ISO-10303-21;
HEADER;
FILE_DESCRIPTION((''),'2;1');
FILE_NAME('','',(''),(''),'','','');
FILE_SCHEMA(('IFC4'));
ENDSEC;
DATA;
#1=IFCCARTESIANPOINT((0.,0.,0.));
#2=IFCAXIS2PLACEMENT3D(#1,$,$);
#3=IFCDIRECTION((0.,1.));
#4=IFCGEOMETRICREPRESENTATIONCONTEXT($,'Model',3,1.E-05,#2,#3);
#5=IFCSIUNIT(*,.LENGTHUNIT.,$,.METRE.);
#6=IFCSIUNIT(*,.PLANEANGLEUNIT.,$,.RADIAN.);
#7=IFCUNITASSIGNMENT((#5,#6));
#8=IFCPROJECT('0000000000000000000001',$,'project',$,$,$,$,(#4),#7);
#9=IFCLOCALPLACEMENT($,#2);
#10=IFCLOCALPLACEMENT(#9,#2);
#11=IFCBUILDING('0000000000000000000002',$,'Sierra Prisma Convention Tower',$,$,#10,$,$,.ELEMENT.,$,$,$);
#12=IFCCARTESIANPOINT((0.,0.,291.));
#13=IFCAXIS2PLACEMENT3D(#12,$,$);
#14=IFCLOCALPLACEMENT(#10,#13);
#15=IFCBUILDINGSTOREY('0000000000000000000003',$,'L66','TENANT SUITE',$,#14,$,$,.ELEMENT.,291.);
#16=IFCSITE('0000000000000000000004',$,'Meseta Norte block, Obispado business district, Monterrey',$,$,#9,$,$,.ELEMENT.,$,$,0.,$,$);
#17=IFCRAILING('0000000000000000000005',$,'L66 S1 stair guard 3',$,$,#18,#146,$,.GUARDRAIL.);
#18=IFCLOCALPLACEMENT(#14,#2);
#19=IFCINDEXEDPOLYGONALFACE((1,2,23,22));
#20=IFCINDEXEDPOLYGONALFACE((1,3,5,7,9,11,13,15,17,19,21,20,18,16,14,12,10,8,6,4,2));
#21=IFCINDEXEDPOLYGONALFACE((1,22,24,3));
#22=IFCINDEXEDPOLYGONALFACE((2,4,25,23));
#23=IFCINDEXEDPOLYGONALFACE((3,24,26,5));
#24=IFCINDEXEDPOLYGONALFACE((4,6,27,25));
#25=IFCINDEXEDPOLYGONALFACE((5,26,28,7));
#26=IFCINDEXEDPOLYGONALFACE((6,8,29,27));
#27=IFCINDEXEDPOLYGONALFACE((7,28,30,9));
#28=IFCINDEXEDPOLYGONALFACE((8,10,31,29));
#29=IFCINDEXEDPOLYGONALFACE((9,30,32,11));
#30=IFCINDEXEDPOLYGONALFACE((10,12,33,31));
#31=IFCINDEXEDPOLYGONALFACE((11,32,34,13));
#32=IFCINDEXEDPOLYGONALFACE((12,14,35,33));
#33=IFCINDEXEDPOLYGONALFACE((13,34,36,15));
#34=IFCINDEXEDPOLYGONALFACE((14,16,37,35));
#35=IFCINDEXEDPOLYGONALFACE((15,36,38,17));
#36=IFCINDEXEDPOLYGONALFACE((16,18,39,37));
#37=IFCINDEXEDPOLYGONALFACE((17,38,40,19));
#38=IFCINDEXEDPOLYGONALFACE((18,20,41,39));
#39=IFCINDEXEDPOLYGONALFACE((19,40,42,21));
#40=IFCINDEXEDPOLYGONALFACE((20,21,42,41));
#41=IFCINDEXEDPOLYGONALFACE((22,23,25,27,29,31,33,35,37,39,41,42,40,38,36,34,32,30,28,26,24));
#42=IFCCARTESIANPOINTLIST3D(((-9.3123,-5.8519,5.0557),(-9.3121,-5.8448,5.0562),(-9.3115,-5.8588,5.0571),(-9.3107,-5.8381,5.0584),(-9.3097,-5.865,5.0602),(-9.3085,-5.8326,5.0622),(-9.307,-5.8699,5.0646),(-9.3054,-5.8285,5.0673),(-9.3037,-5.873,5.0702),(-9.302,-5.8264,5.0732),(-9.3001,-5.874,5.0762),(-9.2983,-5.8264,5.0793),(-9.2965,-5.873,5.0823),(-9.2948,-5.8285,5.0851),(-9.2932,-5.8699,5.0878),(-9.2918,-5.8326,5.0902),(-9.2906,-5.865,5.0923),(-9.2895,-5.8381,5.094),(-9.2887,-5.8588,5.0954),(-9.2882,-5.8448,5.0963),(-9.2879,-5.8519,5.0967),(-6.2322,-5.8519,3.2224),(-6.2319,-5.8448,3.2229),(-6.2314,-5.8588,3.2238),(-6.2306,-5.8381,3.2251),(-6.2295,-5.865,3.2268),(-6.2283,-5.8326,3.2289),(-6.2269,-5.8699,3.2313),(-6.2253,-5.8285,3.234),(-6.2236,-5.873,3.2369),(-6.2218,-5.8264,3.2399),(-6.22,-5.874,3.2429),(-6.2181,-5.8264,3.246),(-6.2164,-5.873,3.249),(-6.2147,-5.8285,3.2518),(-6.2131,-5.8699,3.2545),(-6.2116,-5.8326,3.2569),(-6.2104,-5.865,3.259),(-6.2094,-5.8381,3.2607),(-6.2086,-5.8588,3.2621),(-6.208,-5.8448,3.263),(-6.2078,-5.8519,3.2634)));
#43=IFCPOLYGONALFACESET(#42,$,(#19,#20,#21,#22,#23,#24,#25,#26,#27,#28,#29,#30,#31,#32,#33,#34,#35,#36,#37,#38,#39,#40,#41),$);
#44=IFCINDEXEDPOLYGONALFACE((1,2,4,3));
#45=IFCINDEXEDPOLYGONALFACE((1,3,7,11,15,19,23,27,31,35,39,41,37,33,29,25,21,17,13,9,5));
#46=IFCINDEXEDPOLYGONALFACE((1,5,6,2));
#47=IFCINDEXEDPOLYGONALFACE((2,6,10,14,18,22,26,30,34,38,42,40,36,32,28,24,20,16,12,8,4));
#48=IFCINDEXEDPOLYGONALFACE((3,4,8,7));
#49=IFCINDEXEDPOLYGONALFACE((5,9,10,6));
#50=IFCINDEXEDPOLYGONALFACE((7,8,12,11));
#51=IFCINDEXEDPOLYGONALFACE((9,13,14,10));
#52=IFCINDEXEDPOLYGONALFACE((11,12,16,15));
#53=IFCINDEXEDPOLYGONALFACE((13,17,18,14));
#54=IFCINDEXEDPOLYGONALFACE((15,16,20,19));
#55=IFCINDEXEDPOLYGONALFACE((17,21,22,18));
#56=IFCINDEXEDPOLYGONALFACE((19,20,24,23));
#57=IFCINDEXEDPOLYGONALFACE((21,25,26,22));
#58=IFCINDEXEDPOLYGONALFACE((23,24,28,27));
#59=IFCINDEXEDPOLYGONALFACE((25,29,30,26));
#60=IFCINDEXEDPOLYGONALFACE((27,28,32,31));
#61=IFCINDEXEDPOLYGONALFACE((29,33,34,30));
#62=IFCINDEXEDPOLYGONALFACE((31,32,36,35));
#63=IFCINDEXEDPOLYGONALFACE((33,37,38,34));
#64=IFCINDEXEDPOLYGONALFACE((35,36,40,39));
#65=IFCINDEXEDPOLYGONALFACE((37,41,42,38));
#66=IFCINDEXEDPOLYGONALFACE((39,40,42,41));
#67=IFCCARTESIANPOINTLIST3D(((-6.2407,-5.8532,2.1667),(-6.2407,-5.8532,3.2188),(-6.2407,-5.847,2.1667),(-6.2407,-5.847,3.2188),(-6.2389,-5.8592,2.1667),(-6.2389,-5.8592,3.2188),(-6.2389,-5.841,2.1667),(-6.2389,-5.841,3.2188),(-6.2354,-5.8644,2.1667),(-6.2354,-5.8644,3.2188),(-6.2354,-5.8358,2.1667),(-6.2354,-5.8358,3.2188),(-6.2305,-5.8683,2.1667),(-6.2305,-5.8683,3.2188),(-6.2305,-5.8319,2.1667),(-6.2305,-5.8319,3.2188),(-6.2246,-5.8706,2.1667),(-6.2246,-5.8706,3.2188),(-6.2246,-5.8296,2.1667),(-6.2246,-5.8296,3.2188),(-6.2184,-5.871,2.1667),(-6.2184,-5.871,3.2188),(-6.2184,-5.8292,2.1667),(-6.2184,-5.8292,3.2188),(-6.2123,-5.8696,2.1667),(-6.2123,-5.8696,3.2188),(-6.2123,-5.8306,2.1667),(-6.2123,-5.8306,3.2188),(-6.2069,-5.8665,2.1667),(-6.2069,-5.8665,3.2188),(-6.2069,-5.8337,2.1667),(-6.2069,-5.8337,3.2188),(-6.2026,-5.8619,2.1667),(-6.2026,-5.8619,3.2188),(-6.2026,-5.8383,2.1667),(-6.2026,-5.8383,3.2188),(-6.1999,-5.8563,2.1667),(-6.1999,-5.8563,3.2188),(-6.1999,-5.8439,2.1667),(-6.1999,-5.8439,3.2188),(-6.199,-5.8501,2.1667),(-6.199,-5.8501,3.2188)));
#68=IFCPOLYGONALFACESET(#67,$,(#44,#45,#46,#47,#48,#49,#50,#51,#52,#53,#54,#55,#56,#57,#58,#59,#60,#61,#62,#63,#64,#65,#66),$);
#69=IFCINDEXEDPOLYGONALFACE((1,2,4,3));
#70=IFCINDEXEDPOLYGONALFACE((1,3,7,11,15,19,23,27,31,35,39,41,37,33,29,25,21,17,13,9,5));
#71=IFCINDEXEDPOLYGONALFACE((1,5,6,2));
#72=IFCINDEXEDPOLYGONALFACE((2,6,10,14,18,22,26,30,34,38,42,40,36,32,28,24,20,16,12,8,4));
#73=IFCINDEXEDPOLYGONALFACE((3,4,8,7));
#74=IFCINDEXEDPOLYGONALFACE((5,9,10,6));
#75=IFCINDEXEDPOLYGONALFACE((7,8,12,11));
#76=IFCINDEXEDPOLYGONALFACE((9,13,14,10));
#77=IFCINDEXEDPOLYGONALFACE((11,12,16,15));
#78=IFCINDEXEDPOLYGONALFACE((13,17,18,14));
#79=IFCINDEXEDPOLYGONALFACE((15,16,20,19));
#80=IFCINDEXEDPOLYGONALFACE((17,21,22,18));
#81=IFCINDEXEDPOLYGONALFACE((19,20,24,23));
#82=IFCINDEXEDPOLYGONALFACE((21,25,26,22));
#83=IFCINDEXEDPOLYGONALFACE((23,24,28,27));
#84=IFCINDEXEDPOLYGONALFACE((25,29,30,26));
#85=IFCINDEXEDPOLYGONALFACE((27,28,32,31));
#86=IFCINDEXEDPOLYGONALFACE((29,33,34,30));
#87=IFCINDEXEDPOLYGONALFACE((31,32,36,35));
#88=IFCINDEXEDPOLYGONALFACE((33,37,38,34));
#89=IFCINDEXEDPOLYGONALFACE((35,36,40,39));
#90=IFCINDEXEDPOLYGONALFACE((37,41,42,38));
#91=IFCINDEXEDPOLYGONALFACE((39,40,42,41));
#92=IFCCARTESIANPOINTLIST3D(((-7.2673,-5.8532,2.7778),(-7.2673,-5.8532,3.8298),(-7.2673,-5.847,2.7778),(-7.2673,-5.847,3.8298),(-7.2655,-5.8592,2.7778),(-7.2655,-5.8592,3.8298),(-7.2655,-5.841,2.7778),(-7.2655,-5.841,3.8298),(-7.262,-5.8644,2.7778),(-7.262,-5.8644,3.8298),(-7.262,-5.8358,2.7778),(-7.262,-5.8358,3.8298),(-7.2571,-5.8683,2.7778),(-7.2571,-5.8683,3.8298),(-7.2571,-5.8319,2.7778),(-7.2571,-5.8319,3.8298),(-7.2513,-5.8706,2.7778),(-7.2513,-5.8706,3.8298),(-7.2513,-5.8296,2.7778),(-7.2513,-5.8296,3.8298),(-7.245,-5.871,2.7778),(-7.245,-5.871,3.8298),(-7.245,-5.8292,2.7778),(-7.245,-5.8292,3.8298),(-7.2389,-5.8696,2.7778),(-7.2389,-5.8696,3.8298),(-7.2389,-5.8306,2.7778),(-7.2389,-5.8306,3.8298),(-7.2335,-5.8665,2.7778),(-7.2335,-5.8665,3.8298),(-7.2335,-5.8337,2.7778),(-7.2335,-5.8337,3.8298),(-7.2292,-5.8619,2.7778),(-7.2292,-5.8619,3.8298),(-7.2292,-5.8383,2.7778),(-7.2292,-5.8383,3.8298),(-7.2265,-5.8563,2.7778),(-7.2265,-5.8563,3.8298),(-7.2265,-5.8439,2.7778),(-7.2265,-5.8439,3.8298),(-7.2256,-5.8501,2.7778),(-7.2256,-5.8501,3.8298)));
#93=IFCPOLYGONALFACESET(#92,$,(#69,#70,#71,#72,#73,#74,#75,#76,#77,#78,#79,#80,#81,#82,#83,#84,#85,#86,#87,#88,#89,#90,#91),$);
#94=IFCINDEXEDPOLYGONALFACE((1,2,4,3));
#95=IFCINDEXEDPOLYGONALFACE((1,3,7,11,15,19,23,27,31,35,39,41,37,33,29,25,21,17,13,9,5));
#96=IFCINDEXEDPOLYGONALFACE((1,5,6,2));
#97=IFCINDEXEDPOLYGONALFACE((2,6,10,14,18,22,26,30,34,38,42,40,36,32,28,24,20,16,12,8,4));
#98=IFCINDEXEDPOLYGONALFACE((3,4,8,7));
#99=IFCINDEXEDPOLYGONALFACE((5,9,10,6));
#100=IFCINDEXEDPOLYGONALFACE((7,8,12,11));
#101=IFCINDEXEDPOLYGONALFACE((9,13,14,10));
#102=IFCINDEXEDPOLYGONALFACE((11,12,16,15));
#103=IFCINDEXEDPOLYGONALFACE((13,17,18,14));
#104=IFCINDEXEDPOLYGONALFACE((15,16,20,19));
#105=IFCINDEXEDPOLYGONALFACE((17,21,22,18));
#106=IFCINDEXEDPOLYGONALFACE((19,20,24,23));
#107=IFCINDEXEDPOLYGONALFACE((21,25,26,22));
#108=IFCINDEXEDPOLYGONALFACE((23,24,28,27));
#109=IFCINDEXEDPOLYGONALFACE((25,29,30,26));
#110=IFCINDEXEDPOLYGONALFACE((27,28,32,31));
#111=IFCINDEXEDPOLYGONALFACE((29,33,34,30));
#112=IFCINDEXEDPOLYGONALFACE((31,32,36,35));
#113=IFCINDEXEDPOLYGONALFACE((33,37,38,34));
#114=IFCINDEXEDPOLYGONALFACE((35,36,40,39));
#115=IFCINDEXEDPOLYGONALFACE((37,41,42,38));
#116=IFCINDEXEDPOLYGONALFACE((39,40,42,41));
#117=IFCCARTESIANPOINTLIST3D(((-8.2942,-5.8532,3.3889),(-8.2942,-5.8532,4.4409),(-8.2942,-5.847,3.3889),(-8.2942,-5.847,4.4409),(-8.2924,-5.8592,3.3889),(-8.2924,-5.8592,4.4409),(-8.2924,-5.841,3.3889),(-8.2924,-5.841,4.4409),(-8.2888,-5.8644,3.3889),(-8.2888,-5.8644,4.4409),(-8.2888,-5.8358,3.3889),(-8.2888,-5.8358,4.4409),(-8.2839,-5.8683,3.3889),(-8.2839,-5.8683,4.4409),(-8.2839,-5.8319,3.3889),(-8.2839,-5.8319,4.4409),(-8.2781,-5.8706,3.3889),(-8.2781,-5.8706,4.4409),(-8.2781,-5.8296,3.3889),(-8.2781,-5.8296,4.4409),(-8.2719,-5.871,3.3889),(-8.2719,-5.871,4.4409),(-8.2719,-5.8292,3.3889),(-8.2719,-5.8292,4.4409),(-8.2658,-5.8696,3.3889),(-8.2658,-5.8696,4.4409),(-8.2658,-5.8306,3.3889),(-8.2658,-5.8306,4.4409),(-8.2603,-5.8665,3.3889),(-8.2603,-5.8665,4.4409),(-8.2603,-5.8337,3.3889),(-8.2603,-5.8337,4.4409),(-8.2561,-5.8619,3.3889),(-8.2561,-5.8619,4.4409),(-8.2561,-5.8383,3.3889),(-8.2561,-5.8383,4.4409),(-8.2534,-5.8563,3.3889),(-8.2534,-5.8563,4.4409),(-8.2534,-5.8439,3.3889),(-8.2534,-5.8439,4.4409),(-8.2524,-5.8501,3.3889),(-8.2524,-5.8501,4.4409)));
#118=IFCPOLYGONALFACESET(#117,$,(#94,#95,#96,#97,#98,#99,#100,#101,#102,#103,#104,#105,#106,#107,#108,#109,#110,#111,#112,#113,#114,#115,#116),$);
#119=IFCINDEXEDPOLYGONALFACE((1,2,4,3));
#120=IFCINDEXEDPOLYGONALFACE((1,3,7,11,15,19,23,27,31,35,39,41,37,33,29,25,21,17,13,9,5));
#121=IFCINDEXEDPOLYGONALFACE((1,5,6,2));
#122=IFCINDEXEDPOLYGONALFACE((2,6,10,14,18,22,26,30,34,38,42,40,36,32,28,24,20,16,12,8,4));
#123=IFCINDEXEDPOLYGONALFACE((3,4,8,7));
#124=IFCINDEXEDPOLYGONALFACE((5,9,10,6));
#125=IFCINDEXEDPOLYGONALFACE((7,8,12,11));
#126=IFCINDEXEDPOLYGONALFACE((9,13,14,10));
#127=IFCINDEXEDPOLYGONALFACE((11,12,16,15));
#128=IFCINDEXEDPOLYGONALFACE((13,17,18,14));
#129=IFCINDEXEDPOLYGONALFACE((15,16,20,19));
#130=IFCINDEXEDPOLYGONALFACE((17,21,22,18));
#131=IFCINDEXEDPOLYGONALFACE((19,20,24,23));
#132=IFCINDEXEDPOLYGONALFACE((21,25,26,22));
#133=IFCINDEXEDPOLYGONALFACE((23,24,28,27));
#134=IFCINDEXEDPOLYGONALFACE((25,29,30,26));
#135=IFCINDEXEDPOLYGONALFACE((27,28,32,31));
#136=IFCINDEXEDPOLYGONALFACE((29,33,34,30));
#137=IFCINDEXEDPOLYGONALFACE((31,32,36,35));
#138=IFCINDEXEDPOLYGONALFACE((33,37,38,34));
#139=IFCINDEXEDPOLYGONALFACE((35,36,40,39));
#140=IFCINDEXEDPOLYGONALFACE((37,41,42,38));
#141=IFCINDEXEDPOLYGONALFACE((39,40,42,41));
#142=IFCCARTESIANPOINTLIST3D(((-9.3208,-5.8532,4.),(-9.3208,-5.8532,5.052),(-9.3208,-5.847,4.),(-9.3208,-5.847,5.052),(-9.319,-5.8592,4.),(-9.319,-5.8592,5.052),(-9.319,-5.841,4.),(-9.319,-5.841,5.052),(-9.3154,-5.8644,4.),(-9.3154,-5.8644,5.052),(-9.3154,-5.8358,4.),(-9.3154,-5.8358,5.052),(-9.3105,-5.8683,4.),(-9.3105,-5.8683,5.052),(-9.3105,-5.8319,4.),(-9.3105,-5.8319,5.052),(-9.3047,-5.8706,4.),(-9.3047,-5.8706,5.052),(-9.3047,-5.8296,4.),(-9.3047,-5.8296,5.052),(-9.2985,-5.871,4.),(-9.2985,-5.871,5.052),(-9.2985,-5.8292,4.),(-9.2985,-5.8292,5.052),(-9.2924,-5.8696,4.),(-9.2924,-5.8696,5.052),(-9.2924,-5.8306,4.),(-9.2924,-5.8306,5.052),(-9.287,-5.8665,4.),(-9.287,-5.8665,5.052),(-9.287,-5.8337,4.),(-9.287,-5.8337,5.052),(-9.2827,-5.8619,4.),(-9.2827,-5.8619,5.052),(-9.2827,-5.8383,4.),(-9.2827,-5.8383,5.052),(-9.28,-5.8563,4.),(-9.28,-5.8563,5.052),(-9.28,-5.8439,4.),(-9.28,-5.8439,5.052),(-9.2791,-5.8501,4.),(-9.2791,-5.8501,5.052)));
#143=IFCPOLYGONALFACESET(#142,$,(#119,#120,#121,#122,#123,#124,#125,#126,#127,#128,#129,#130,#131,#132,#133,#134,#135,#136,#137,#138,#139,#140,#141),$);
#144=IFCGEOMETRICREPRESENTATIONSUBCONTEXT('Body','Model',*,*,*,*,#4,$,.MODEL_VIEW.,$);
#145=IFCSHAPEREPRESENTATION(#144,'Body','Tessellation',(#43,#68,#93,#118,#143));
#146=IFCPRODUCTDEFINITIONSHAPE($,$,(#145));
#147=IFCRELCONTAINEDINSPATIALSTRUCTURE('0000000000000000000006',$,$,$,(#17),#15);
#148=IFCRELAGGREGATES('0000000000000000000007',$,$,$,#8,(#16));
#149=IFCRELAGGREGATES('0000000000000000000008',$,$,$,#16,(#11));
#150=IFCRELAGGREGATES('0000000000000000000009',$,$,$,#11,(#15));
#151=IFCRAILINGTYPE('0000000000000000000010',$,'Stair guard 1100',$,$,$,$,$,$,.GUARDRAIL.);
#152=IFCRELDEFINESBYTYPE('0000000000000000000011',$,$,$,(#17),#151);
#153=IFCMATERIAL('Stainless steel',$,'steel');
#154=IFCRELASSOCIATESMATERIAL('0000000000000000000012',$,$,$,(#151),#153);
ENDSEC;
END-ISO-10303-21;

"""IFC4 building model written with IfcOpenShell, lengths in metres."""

from ifc_helpers import new_model, si_unit, direction, frame, origin, origin_2d, place, context, subcontext, project, spatial, circle, extrude, material, type_object, element, save


model = new_model("IFC4")

# Units and contexts
model_context = context("Model", 3, precision=1e-05, world=origin(), true_north=direction((0.0, 1.0)))
body_context = subcontext(model_context, "Body", "Model", "MODEL_VIEW")
ifc_project = project(units=[si_unit("LENGTHUNIT", "METRE"), si_unit("PLANEANGLEUNIT", "RADIAN")], contexts=[model_context])

# Site, building, storey
site_placement = place(None, origin())
site = spatial("IfcSite", under=ifc_project, at=site_placement, Name="Meseta Norte block, Obispado business district, Monterrey", CompositionType="ELEMENT", RefElevation=0.0)
building_placement = place(site_placement, origin())
building = spatial("IfcBuilding", under=site, at=building_placement, Name="Sierra Prisma Convention Tower", CompositionType="ELEMENT")
storey_placement = place(building_placement, frame((0.0, 0.0, 291.0)))
storey = spatial("IfcBuildingStorey", under=building, at=storey_placement, Name="L66", Description="TENANT SUITE", CompositionType="ELEMENT", Elevation=291.0)

# Railing
ifc_material_1 = material(Name="Stainless steel", Category="steel")
railing_type_1 = type_object("IfcRailingType", Name="Stair guard 1100", PredefinedType="GUARDRAIL", material=ifc_material_1)
railing_1_placement = place(storey_placement, frame((-6.22, -5.8501, 2.1667)))
element("IfcRailing", 1, at=railing_1_placement, inside=storey, type_object=railing_type_1, Name="L66 S1 stair guard 3", PredefinedType="GUARDRAIL", context=body_context, shape_type="SweptSolid", body=[
    extrude(circle(Radius=0.0239, at=origin_2d()), frame((0.0, 0.0, 1.0762), z_axis=(-0.859309, 0.0, 0.511458), x_axis=(0.0, -1.0, 0.0)), (0.0, 0.0, 1.0), 3.5845),
    extrude(circle(Radius=0.021, at=origin_2d()), origin(), (0.0, 0.0, 1.0), 1.052),
    extrude(circle(Radius=0.021, at=origin_2d()), frame((-1.0266, 0.0, 0.6111)), (0.0, 0.0, 1.0), 1.052),
    extrude(circle(Radius=0.021, at=origin_2d()), frame((-2.0535, 0.0, 1.2222)), (0.0, 0.0, 1.0), 1.052),
    extrude(circle(Radius=0.021, at=origin_2d()), frame((-3.0801, 0.0, 1.8333)), (0.0, 0.0, 1.0), 1.052),
])

save(model, "model.ifc")
